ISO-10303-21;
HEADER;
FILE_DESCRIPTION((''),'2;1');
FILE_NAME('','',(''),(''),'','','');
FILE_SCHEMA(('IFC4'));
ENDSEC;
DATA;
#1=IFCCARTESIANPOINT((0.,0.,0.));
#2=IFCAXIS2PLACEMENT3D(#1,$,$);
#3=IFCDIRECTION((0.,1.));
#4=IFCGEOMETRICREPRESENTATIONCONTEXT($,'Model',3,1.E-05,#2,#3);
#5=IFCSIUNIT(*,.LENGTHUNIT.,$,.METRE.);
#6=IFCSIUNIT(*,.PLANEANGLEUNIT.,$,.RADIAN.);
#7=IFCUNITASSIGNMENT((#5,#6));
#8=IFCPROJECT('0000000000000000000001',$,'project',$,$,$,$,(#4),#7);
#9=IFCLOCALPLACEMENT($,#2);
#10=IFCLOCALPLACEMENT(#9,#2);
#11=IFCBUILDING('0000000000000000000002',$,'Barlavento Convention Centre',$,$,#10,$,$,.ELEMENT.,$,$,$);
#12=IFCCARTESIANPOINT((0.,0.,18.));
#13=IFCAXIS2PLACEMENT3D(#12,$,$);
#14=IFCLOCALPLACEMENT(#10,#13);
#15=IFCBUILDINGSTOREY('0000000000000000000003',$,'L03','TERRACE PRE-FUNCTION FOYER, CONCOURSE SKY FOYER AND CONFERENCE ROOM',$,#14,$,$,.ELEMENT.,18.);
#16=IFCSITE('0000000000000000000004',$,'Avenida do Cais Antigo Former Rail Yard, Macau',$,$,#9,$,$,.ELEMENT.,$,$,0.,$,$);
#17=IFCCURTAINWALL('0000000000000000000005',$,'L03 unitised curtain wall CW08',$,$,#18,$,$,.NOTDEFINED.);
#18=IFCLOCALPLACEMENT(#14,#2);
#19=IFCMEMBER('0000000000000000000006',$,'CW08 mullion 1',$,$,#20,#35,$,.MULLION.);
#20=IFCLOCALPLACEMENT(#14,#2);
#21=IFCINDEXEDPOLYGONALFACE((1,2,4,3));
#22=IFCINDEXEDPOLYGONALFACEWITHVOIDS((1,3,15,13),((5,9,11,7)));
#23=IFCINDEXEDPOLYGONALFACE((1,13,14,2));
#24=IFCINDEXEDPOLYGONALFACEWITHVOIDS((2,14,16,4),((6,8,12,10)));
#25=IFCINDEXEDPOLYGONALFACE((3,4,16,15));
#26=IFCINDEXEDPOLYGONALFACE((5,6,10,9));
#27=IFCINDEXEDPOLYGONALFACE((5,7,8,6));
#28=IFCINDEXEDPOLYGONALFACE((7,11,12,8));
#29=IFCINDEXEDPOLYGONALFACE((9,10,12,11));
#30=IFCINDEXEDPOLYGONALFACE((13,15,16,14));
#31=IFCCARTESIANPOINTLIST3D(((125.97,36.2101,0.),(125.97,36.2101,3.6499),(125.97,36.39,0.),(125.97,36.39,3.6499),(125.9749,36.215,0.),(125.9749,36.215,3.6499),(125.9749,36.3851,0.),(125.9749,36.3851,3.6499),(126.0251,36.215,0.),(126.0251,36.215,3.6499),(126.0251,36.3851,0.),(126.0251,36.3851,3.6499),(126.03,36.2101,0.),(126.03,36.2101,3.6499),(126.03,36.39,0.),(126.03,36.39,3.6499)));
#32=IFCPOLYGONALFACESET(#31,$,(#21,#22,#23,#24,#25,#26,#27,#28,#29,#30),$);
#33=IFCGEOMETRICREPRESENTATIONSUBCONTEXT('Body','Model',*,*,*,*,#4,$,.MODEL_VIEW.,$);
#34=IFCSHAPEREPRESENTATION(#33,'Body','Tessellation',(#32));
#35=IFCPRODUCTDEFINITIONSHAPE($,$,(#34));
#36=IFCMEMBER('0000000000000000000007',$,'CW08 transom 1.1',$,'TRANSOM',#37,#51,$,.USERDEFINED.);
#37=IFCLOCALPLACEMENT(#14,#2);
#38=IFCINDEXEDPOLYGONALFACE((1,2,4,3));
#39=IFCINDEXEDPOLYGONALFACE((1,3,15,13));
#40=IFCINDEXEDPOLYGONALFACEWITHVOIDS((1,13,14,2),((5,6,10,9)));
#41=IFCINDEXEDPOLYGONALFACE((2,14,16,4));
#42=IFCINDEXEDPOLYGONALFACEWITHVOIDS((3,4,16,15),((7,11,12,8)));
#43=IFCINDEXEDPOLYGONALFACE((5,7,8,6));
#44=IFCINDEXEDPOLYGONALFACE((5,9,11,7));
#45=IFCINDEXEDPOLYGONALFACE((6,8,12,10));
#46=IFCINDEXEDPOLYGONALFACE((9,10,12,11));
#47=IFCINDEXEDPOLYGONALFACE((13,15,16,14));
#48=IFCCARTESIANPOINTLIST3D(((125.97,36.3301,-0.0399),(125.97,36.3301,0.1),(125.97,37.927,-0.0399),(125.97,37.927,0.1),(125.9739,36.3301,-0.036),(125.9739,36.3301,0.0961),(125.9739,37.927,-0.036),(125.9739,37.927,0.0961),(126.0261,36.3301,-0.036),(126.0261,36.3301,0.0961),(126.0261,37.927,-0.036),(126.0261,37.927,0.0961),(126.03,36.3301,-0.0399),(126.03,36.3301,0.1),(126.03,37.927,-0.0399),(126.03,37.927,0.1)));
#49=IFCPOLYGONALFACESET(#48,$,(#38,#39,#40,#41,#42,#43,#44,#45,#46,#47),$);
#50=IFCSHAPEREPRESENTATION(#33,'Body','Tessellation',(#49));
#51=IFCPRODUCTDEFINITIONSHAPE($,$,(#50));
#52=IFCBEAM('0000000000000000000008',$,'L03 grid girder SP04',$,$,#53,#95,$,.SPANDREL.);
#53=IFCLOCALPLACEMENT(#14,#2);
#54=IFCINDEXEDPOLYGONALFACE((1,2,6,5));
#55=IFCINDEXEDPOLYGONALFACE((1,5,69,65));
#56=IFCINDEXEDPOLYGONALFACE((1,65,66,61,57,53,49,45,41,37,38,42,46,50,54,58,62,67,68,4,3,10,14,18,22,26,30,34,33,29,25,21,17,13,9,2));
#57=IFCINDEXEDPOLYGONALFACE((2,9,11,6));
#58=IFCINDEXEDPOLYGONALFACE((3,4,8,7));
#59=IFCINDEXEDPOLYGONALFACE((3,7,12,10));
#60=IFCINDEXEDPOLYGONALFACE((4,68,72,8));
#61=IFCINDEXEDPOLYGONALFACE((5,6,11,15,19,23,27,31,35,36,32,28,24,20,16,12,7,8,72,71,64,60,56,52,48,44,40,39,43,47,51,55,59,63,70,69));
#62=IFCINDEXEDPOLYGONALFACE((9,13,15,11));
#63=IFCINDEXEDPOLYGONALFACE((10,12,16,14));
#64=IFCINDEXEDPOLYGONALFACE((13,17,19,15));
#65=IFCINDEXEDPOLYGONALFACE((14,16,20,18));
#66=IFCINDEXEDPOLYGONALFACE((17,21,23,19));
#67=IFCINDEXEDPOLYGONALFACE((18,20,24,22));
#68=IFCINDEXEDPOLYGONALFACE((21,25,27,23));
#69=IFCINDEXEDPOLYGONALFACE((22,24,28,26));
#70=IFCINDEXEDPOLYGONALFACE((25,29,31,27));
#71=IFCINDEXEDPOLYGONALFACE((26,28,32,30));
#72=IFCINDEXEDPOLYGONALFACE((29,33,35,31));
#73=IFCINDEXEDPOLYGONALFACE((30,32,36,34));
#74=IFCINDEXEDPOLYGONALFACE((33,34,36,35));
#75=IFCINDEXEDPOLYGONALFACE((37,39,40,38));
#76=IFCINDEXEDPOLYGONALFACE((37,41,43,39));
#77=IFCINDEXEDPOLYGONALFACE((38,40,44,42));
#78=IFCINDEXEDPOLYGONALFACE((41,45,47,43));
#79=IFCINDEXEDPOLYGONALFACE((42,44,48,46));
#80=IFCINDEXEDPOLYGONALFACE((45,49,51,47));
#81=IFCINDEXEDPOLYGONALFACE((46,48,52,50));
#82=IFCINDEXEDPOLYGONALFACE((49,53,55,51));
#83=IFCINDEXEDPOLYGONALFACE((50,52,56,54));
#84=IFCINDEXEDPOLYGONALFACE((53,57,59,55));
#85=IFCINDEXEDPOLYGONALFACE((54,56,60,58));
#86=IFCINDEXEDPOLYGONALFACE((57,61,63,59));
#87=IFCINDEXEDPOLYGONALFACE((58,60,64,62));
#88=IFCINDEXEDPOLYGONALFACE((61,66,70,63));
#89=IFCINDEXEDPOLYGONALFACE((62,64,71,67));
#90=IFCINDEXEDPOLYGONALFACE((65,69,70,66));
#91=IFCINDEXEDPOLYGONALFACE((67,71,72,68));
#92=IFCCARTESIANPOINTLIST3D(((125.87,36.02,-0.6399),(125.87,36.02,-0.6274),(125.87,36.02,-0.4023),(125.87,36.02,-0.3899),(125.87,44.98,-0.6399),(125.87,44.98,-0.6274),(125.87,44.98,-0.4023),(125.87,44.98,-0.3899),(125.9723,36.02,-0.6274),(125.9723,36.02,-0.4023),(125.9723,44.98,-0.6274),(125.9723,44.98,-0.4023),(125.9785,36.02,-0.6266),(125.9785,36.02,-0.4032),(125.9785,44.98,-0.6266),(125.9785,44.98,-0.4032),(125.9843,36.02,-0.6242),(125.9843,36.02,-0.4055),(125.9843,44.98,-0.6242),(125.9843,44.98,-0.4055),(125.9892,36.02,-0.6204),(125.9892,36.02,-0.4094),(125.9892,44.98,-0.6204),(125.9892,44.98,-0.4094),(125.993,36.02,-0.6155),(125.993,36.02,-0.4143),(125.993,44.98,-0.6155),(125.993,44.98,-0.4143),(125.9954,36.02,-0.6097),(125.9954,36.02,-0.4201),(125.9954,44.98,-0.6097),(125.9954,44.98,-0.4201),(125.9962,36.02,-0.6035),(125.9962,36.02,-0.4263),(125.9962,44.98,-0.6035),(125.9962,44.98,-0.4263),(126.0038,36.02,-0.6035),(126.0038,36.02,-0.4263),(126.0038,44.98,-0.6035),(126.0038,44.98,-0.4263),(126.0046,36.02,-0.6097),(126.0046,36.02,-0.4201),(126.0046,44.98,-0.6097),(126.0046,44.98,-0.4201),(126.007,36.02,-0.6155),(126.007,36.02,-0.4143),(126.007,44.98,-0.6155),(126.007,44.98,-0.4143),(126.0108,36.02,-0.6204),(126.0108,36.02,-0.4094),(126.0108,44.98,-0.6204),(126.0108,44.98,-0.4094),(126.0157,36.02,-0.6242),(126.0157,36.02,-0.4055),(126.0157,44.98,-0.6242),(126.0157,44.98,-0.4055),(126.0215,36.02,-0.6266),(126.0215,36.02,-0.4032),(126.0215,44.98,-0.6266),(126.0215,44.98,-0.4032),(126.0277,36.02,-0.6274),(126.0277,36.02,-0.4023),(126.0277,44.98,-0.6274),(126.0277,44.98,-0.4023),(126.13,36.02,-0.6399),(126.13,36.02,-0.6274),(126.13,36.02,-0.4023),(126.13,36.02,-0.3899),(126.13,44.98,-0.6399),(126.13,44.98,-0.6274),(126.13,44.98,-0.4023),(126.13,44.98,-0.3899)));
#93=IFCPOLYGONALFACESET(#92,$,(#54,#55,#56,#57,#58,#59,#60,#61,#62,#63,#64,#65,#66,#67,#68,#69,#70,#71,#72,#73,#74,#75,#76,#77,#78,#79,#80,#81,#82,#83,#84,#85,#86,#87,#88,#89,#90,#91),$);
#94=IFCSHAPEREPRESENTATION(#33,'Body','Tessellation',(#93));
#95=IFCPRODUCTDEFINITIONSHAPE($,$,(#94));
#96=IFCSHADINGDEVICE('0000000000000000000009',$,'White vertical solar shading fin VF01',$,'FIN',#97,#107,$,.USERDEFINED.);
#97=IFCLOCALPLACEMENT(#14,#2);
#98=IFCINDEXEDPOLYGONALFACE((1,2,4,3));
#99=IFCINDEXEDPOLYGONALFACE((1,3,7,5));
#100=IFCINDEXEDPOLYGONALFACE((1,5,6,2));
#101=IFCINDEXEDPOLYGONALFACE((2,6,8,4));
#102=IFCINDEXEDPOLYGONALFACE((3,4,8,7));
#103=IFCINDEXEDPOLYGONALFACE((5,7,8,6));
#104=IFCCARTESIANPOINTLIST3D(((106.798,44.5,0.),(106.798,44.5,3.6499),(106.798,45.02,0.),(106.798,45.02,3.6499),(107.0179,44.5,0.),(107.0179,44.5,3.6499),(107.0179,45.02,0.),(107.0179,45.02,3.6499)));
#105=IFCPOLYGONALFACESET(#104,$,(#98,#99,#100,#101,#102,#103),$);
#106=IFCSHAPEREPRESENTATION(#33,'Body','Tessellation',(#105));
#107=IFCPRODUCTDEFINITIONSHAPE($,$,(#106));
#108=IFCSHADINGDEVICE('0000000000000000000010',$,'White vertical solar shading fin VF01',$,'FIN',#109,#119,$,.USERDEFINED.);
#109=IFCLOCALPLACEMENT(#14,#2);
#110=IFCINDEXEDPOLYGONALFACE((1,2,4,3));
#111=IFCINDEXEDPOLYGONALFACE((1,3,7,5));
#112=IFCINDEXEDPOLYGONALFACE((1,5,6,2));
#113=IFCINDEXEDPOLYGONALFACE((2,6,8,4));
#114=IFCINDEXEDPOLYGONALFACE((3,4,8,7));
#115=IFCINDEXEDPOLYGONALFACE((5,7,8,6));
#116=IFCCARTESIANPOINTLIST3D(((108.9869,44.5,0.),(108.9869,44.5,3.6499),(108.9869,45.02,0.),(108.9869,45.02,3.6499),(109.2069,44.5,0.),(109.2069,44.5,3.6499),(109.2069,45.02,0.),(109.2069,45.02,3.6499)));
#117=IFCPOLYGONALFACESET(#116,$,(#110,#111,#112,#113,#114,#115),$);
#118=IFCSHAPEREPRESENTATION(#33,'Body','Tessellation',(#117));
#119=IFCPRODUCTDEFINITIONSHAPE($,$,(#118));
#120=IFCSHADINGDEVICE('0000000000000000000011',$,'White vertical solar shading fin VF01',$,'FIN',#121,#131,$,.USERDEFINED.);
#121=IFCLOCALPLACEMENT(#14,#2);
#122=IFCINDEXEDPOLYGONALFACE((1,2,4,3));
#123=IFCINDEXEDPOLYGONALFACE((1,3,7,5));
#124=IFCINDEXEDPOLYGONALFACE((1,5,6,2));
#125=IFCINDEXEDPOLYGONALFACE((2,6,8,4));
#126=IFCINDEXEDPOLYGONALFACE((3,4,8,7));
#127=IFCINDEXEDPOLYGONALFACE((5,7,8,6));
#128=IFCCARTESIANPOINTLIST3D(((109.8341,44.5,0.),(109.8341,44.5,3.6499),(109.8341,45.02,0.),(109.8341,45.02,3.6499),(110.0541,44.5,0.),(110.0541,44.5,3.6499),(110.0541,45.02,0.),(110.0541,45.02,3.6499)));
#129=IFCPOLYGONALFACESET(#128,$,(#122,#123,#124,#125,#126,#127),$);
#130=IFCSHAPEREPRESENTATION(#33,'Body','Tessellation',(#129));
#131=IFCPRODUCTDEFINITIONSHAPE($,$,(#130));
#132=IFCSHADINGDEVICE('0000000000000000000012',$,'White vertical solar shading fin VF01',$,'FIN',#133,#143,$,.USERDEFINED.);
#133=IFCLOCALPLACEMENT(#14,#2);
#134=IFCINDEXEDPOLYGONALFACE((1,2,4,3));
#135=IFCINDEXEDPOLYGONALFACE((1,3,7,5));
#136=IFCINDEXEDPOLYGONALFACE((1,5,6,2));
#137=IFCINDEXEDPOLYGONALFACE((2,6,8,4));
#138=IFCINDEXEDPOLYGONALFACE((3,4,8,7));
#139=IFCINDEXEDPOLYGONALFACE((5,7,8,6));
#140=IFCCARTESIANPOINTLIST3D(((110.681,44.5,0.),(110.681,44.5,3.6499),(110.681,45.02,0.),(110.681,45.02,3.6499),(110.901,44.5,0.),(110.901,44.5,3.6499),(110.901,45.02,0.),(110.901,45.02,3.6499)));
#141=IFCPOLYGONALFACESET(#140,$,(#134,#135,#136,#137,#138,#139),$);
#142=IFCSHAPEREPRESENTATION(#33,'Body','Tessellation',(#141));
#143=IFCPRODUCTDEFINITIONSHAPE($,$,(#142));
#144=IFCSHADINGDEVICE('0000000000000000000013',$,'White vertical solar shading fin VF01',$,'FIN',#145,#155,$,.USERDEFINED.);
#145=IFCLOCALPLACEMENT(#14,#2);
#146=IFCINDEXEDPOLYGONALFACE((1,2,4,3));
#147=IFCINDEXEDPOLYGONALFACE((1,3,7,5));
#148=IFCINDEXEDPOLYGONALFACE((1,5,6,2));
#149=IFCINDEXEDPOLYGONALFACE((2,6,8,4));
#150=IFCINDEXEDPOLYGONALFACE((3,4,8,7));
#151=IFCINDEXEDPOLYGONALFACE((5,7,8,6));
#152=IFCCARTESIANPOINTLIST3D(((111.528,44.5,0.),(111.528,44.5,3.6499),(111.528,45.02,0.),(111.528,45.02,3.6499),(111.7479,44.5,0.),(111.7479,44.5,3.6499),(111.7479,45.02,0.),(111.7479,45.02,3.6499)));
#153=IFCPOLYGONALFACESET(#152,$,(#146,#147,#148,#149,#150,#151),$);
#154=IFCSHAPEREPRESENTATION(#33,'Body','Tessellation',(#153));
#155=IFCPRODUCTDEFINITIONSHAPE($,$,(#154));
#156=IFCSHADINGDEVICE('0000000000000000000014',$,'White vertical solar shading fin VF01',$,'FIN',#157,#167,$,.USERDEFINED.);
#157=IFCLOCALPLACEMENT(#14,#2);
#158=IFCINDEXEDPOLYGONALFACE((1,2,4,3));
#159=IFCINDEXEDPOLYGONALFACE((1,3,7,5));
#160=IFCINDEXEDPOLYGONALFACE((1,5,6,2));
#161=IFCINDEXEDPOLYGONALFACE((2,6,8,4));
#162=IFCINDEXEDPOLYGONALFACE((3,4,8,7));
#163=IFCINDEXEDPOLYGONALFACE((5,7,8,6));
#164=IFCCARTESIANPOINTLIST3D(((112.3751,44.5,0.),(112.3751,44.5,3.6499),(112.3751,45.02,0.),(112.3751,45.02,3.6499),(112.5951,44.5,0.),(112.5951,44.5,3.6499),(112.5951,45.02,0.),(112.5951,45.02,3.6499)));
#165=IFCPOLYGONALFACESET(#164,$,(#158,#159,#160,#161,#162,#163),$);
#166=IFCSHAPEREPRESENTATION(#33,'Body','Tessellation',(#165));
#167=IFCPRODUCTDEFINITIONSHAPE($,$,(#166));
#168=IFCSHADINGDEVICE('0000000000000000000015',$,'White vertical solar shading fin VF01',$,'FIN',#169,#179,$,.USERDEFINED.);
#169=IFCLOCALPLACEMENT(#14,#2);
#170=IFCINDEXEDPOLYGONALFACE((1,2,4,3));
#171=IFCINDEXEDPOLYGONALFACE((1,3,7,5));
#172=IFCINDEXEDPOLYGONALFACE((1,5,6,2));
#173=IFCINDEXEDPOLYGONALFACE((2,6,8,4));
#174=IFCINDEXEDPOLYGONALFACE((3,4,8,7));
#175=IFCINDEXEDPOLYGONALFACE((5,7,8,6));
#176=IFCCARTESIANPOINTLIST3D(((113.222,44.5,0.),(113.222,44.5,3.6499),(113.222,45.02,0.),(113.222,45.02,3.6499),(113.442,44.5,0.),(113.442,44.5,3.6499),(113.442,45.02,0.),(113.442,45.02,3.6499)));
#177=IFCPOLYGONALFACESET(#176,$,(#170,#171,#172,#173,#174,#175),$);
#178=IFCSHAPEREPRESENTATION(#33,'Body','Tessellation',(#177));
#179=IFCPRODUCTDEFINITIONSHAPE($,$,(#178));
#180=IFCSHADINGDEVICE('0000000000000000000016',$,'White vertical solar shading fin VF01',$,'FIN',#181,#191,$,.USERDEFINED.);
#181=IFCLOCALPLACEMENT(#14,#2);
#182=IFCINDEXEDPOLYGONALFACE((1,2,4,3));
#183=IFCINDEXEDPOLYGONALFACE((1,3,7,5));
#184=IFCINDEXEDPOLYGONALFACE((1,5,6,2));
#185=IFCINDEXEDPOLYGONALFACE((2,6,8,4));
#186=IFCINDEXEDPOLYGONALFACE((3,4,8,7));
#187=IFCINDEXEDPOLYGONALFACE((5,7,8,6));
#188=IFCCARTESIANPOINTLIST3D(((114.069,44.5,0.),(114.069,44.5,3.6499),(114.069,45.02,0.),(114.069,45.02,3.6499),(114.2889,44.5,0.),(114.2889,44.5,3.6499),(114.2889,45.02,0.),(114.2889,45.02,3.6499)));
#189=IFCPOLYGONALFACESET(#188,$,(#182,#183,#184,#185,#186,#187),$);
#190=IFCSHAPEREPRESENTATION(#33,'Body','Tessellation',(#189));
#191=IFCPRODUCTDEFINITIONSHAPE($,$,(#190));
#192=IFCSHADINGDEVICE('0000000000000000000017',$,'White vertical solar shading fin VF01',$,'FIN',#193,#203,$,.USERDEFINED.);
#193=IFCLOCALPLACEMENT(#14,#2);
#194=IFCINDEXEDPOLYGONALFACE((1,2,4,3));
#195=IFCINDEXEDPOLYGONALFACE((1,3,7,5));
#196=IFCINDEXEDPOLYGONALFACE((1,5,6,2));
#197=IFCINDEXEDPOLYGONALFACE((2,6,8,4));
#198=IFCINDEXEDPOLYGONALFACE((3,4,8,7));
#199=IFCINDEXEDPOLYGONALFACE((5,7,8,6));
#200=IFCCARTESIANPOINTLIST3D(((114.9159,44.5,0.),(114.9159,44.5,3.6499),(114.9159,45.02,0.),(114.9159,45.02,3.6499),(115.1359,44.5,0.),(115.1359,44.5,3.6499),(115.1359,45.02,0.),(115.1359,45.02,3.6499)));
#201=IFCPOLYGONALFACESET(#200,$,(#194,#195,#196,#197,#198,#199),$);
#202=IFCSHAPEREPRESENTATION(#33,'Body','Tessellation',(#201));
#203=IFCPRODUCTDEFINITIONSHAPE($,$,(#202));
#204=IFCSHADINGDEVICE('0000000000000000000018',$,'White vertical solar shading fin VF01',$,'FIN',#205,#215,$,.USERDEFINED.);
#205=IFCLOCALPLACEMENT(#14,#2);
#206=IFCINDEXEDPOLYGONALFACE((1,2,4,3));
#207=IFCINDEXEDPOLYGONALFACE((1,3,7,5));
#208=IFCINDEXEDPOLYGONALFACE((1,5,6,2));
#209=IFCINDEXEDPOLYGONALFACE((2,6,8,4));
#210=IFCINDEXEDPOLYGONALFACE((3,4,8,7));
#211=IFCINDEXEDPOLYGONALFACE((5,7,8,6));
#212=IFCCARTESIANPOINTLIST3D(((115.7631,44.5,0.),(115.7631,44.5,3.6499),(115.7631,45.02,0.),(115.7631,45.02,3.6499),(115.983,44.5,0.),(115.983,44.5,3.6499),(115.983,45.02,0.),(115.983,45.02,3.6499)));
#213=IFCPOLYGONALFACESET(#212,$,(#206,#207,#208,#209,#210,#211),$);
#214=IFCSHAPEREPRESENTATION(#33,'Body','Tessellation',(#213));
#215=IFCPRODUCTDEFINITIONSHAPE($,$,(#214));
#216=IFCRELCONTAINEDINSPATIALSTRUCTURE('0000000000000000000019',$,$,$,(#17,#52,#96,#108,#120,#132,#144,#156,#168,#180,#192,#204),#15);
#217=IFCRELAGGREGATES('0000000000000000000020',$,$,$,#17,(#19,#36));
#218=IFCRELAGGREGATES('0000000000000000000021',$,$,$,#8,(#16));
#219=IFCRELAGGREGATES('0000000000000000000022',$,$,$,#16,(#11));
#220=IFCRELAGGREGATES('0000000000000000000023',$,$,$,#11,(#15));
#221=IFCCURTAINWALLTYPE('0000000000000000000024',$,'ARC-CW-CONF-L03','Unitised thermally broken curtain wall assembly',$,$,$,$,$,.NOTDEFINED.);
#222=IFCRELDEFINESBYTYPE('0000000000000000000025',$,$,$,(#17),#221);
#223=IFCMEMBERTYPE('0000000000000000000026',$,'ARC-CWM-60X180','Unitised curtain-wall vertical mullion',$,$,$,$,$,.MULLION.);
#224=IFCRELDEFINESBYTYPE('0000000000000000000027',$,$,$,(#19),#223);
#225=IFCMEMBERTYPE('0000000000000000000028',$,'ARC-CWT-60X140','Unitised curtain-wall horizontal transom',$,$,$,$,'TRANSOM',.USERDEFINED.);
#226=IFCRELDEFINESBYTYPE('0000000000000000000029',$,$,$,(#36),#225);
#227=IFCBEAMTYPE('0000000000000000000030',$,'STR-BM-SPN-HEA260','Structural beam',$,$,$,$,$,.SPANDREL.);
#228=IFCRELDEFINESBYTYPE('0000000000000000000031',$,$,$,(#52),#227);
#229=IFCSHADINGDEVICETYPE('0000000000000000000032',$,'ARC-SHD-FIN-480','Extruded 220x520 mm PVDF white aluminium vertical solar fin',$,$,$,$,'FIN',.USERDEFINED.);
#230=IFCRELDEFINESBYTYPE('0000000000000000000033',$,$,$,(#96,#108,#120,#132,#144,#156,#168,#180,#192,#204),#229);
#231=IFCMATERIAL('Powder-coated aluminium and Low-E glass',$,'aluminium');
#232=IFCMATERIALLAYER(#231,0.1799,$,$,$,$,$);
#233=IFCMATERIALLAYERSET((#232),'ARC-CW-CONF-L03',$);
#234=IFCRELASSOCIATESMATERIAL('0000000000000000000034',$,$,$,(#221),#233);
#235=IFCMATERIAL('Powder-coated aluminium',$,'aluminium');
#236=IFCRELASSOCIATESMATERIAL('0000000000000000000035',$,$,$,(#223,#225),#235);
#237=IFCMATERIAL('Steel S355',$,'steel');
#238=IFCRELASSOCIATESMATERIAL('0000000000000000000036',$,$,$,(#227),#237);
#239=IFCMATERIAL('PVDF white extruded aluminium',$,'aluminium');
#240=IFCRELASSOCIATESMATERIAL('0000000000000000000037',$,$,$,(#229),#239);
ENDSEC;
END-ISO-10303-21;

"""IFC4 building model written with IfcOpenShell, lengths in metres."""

from ifc_helpers import new_model, si_unit, direction, frame, origin, origin_2d, place, context, subcontext, project, spatial, rectangle, hollow_rectangle, i_section, extrude, material, layer, layer_set, material_profile, profile_set, type_object, element, aggregate, save


model = new_model("IFC4")

# Units and contexts
model_context = context("Model", 3, precision=1e-05, world=origin(), true_north=direction((0.0, 1.0)))
body_context = subcontext(model_context, "Body", "Model", "MODEL_VIEW")
ifc_project = project(units=[si_unit("LENGTHUNIT", "METRE"), si_unit("PLANEANGLEUNIT", "RADIAN")], contexts=[model_context])

# Site, building, storey
site_placement = place(None, origin())
site = spatial("IfcSite", under=ifc_project, at=site_placement, Name="Avenida do Cais Antigo Former Rail Yard, Macau", CompositionType="ELEMENT", RefElevation=0.0)
building_placement = place(site_placement, origin())
building = spatial("IfcBuilding", under=site, at=building_placement, Name="Barlavento Convention Centre", CompositionType="ELEMENT")
storey_placement = place(building_placement, frame((0.0, 0.0, 18.0)))
storey = spatial("IfcBuildingStorey", under=building, at=storey_placement, Name="L03", Description="TERRACE PRE-FUNCTION FOYER, CONCOURSE SKY FOYER AND CONFERENCE ROOM", CompositionType="ELEMENT", Elevation=18.0)

# Curtain wall, members
ifc_material_1 = material(Name="Powder-coated aluminium and Low-E glass", Category="aluminium")
ifc_layer = layer(ifc_material_1, 0.1799)
ifc_layer_set = layer_set([ifc_layer], Name="ARC-CW-CONF-L03")
curtain_wall_type = type_object("IfcCurtainWallType", Name="ARC-CW-CONF-L03", Description="Unitised thermally broken curtain wall assembly", PredefinedType="NOTDEFINED", material=ifc_layer_set)
curtain_wall_placement = place(storey_placement, origin())
curtain_wall = element("IfcCurtainWall", 1, at=curtain_wall_placement, inside=storey, type_object=curtain_wall_type, Name="L03 unitised curtain wall CW08", PredefinedType="NOTDEFINED")
ifc_material_2 = material(Name="Powder-coated aluminium", Category="aluminium")
ifc_material_profile_1 = material_profile(ifc_material_2, hollow_rectangle(XDim=0.0601, YDim=0.1799, WallThickness=0.0049, at=origin_2d()), Name="AL-MULL 60x180x5")
ifc_profile_set_1 = profile_set([ifc_material_profile_1], Name="Powder-coated aluminium")
member_type_1 = type_object("IfcMemberType", Name="ARC-CWM-60X180", Description="Unitised curtain-wall vertical mullion", PredefinedType="MULLION", material=ifc_profile_set_1)
member_1_placement = place(storey_placement, frame((126.0, 36.3, 0.0), z_axis=(0.0, 0.0, 1.0), x_axis=(-1.0, 0.0, 0.0)))
member_1 = element("IfcMember", 2, at=member_1_placement, type_object=member_type_1, Name="CW08 mullion 1", PredefinedType="MULLION", context=body_context, shape_type="SweptSolid", body=[
    extrude(hollow_rectangle(XDim=0.0601, YDim=0.1799, WallThickness=0.0049, at=origin_2d()), origin(), (0.0, 0.0, 1.0), 3.6499),
])
ifc_material_profile_2 = material_profile(ifc_material_2, hollow_rectangle(XDim=0.0601, YDim=0.1399, WallThickness=0.0039, at=origin_2d()), Name="AL-TRAN 60x140x4")
ifc_profile_set_2 = profile_set([ifc_material_profile_2], Name="Powder-coated aluminium")
member_type_2 = type_object("IfcMemberType", Name="ARC-CWT-60X140", Description="Unitised curtain-wall horizontal transom", ElementType="TRANSOM", PredefinedType="USERDEFINED", material=ifc_profile_set_2)
member_2_placement = place(storey_placement, frame((126.0, 36.3301, 0.03), z_axis=(0.0, 1.0, 0.0), x_axis=(-1.0, 0.0, 0.0)))
member_2 = element("IfcMember", 3, at=member_2_placement, type_object=member_type_2, Name="CW08 transom 1.1", ObjectType="TRANSOM", PredefinedType="USERDEFINED", context=body_context, shape_type="SweptSolid", body=[
    extrude(hollow_rectangle(XDim=0.0601, YDim=0.1399, WallThickness=0.0039, at=origin_2d()), origin(), (0.0, 0.0, 1.0), 1.5969),
])
aggregate(curtain_wall, [member_1, member_2])

# Beam
ifc_material_3 = material(Name="Steel S355", Category="steel")
ifc_material_profile_3 = material_profile(ifc_material_3, i_section(OverallWidth=0.26, OverallDepth=0.25, WebThickness=0.0076, FlangeThickness=0.0125, FilletRadius=0.0239, at=origin_2d()), Name="HEA 260")
ifc_profile_set_3 = profile_set([ifc_material_profile_3], Name="Steel S355")
beam_type = type_object("IfcBeamType", Name="STR-BM-SPN-HEA260", Description="Structural beam", PredefinedType="SPANDREL", material=ifc_profile_set_3)
beam_placement = place(storey_placement, frame((126.0, 36.02, -0.5149), z_axis=(0.0, 1.0, 0.0), x_axis=(-1.0, 0.0, 0.0)))
element("IfcBeam", 4, at=beam_placement, inside=storey, type_object=beam_type, Name="L03 grid girder SP04", PredefinedType="SPANDREL", context=body_context, shape_type="SweptSolid", body=[
    extrude(i_section(OverallWidth=0.26, OverallDepth=0.25, WebThickness=0.0076, FlangeThickness=0.0125, FilletRadius=0.0239, at=origin_2d()), origin(), (0.0, 0.0, 1.0), 8.96),
])

# Shading devices
ifc_material_4 = material(Name="PVDF white extruded aluminium", Category="aluminium")
shading_device_type = type_object("IfcShadingDeviceType", Name="ARC-SHD-FIN-480", Description="Extruded 220x520 mm PVDF white aluminium vertical solar fin", ElementType="FIN", PredefinedType="USERDEFINED", material=ifc_material_4)
for number, where, z_axis, x_axis, name in (
    (5, (106.908, 44.76, 0.0), (0.0, 0.0, 1.0), (1.0, 0.0, 0.0), "White vertical solar shading fin VF01"),
    (6, (109.0969, 44.76, 0.0), (0.0, 0.0, 1.0), (1.0, 0.0, 0.0), "White vertical solar shading fin VF01"),
    (7, (109.9441, 44.76, 0.0), (0.0, 0.0, 1.0), (1.0, 0.0, 0.0), "White vertical solar shading fin VF01"),
    (8, (110.791, 44.76, 0.0), (0.0, 0.0, 1.0), (1.0, 0.0, 0.0), "White vertical solar shading fin VF01"),
    (9, (111.6379, 44.76, 0.0), (0.0, 0.0, 1.0), (1.0, 0.0, 0.0), "White vertical solar shading fin VF01"),
    (10, (112.4851, 44.76, 0.0), (0.0, 0.0, 1.0), (1.0, 0.0, 0.0), "White vertical solar shading fin VF01"),
    (11, (113.332, 44.76, 0.0), (0.0, 0.0, 1.0), (1.0, 0.0, 0.0), "White vertical solar shading fin VF01"),
    (12, (114.179, 44.76, 0.0), (0.0, 0.0, 1.0), (1.0, 0.0, 0.0), "White vertical solar shading fin VF01"),
    (13, (115.0259, 44.76, 0.0), (0.0, 0.0, 1.0), (1.0, 0.0, 0.0), "White vertical solar shading fin VF01"),
    (14, (115.873, 44.76, 0.0), (0.0, 0.0, 1.0), (1.0, 0.0, 0.0), "White vertical solar shading fin VF01"),
):
    element("IfcShadingDevice", number, at=place(storey_placement, frame(where, z_axis=z_axis, x_axis=x_axis)), inside=storey, type_object=shading_device_type, Name=name, ObjectType="FIN", PredefinedType="USERDEFINED", context=body_context, shape_type="SweptSolid", body=[
        extrude(rectangle(XDim=0.22, YDim=0.52, at=origin_2d()), origin(), (0.0, 0.0, 1.0), 3.6499),
    ])

save(model, "model.ifc")
